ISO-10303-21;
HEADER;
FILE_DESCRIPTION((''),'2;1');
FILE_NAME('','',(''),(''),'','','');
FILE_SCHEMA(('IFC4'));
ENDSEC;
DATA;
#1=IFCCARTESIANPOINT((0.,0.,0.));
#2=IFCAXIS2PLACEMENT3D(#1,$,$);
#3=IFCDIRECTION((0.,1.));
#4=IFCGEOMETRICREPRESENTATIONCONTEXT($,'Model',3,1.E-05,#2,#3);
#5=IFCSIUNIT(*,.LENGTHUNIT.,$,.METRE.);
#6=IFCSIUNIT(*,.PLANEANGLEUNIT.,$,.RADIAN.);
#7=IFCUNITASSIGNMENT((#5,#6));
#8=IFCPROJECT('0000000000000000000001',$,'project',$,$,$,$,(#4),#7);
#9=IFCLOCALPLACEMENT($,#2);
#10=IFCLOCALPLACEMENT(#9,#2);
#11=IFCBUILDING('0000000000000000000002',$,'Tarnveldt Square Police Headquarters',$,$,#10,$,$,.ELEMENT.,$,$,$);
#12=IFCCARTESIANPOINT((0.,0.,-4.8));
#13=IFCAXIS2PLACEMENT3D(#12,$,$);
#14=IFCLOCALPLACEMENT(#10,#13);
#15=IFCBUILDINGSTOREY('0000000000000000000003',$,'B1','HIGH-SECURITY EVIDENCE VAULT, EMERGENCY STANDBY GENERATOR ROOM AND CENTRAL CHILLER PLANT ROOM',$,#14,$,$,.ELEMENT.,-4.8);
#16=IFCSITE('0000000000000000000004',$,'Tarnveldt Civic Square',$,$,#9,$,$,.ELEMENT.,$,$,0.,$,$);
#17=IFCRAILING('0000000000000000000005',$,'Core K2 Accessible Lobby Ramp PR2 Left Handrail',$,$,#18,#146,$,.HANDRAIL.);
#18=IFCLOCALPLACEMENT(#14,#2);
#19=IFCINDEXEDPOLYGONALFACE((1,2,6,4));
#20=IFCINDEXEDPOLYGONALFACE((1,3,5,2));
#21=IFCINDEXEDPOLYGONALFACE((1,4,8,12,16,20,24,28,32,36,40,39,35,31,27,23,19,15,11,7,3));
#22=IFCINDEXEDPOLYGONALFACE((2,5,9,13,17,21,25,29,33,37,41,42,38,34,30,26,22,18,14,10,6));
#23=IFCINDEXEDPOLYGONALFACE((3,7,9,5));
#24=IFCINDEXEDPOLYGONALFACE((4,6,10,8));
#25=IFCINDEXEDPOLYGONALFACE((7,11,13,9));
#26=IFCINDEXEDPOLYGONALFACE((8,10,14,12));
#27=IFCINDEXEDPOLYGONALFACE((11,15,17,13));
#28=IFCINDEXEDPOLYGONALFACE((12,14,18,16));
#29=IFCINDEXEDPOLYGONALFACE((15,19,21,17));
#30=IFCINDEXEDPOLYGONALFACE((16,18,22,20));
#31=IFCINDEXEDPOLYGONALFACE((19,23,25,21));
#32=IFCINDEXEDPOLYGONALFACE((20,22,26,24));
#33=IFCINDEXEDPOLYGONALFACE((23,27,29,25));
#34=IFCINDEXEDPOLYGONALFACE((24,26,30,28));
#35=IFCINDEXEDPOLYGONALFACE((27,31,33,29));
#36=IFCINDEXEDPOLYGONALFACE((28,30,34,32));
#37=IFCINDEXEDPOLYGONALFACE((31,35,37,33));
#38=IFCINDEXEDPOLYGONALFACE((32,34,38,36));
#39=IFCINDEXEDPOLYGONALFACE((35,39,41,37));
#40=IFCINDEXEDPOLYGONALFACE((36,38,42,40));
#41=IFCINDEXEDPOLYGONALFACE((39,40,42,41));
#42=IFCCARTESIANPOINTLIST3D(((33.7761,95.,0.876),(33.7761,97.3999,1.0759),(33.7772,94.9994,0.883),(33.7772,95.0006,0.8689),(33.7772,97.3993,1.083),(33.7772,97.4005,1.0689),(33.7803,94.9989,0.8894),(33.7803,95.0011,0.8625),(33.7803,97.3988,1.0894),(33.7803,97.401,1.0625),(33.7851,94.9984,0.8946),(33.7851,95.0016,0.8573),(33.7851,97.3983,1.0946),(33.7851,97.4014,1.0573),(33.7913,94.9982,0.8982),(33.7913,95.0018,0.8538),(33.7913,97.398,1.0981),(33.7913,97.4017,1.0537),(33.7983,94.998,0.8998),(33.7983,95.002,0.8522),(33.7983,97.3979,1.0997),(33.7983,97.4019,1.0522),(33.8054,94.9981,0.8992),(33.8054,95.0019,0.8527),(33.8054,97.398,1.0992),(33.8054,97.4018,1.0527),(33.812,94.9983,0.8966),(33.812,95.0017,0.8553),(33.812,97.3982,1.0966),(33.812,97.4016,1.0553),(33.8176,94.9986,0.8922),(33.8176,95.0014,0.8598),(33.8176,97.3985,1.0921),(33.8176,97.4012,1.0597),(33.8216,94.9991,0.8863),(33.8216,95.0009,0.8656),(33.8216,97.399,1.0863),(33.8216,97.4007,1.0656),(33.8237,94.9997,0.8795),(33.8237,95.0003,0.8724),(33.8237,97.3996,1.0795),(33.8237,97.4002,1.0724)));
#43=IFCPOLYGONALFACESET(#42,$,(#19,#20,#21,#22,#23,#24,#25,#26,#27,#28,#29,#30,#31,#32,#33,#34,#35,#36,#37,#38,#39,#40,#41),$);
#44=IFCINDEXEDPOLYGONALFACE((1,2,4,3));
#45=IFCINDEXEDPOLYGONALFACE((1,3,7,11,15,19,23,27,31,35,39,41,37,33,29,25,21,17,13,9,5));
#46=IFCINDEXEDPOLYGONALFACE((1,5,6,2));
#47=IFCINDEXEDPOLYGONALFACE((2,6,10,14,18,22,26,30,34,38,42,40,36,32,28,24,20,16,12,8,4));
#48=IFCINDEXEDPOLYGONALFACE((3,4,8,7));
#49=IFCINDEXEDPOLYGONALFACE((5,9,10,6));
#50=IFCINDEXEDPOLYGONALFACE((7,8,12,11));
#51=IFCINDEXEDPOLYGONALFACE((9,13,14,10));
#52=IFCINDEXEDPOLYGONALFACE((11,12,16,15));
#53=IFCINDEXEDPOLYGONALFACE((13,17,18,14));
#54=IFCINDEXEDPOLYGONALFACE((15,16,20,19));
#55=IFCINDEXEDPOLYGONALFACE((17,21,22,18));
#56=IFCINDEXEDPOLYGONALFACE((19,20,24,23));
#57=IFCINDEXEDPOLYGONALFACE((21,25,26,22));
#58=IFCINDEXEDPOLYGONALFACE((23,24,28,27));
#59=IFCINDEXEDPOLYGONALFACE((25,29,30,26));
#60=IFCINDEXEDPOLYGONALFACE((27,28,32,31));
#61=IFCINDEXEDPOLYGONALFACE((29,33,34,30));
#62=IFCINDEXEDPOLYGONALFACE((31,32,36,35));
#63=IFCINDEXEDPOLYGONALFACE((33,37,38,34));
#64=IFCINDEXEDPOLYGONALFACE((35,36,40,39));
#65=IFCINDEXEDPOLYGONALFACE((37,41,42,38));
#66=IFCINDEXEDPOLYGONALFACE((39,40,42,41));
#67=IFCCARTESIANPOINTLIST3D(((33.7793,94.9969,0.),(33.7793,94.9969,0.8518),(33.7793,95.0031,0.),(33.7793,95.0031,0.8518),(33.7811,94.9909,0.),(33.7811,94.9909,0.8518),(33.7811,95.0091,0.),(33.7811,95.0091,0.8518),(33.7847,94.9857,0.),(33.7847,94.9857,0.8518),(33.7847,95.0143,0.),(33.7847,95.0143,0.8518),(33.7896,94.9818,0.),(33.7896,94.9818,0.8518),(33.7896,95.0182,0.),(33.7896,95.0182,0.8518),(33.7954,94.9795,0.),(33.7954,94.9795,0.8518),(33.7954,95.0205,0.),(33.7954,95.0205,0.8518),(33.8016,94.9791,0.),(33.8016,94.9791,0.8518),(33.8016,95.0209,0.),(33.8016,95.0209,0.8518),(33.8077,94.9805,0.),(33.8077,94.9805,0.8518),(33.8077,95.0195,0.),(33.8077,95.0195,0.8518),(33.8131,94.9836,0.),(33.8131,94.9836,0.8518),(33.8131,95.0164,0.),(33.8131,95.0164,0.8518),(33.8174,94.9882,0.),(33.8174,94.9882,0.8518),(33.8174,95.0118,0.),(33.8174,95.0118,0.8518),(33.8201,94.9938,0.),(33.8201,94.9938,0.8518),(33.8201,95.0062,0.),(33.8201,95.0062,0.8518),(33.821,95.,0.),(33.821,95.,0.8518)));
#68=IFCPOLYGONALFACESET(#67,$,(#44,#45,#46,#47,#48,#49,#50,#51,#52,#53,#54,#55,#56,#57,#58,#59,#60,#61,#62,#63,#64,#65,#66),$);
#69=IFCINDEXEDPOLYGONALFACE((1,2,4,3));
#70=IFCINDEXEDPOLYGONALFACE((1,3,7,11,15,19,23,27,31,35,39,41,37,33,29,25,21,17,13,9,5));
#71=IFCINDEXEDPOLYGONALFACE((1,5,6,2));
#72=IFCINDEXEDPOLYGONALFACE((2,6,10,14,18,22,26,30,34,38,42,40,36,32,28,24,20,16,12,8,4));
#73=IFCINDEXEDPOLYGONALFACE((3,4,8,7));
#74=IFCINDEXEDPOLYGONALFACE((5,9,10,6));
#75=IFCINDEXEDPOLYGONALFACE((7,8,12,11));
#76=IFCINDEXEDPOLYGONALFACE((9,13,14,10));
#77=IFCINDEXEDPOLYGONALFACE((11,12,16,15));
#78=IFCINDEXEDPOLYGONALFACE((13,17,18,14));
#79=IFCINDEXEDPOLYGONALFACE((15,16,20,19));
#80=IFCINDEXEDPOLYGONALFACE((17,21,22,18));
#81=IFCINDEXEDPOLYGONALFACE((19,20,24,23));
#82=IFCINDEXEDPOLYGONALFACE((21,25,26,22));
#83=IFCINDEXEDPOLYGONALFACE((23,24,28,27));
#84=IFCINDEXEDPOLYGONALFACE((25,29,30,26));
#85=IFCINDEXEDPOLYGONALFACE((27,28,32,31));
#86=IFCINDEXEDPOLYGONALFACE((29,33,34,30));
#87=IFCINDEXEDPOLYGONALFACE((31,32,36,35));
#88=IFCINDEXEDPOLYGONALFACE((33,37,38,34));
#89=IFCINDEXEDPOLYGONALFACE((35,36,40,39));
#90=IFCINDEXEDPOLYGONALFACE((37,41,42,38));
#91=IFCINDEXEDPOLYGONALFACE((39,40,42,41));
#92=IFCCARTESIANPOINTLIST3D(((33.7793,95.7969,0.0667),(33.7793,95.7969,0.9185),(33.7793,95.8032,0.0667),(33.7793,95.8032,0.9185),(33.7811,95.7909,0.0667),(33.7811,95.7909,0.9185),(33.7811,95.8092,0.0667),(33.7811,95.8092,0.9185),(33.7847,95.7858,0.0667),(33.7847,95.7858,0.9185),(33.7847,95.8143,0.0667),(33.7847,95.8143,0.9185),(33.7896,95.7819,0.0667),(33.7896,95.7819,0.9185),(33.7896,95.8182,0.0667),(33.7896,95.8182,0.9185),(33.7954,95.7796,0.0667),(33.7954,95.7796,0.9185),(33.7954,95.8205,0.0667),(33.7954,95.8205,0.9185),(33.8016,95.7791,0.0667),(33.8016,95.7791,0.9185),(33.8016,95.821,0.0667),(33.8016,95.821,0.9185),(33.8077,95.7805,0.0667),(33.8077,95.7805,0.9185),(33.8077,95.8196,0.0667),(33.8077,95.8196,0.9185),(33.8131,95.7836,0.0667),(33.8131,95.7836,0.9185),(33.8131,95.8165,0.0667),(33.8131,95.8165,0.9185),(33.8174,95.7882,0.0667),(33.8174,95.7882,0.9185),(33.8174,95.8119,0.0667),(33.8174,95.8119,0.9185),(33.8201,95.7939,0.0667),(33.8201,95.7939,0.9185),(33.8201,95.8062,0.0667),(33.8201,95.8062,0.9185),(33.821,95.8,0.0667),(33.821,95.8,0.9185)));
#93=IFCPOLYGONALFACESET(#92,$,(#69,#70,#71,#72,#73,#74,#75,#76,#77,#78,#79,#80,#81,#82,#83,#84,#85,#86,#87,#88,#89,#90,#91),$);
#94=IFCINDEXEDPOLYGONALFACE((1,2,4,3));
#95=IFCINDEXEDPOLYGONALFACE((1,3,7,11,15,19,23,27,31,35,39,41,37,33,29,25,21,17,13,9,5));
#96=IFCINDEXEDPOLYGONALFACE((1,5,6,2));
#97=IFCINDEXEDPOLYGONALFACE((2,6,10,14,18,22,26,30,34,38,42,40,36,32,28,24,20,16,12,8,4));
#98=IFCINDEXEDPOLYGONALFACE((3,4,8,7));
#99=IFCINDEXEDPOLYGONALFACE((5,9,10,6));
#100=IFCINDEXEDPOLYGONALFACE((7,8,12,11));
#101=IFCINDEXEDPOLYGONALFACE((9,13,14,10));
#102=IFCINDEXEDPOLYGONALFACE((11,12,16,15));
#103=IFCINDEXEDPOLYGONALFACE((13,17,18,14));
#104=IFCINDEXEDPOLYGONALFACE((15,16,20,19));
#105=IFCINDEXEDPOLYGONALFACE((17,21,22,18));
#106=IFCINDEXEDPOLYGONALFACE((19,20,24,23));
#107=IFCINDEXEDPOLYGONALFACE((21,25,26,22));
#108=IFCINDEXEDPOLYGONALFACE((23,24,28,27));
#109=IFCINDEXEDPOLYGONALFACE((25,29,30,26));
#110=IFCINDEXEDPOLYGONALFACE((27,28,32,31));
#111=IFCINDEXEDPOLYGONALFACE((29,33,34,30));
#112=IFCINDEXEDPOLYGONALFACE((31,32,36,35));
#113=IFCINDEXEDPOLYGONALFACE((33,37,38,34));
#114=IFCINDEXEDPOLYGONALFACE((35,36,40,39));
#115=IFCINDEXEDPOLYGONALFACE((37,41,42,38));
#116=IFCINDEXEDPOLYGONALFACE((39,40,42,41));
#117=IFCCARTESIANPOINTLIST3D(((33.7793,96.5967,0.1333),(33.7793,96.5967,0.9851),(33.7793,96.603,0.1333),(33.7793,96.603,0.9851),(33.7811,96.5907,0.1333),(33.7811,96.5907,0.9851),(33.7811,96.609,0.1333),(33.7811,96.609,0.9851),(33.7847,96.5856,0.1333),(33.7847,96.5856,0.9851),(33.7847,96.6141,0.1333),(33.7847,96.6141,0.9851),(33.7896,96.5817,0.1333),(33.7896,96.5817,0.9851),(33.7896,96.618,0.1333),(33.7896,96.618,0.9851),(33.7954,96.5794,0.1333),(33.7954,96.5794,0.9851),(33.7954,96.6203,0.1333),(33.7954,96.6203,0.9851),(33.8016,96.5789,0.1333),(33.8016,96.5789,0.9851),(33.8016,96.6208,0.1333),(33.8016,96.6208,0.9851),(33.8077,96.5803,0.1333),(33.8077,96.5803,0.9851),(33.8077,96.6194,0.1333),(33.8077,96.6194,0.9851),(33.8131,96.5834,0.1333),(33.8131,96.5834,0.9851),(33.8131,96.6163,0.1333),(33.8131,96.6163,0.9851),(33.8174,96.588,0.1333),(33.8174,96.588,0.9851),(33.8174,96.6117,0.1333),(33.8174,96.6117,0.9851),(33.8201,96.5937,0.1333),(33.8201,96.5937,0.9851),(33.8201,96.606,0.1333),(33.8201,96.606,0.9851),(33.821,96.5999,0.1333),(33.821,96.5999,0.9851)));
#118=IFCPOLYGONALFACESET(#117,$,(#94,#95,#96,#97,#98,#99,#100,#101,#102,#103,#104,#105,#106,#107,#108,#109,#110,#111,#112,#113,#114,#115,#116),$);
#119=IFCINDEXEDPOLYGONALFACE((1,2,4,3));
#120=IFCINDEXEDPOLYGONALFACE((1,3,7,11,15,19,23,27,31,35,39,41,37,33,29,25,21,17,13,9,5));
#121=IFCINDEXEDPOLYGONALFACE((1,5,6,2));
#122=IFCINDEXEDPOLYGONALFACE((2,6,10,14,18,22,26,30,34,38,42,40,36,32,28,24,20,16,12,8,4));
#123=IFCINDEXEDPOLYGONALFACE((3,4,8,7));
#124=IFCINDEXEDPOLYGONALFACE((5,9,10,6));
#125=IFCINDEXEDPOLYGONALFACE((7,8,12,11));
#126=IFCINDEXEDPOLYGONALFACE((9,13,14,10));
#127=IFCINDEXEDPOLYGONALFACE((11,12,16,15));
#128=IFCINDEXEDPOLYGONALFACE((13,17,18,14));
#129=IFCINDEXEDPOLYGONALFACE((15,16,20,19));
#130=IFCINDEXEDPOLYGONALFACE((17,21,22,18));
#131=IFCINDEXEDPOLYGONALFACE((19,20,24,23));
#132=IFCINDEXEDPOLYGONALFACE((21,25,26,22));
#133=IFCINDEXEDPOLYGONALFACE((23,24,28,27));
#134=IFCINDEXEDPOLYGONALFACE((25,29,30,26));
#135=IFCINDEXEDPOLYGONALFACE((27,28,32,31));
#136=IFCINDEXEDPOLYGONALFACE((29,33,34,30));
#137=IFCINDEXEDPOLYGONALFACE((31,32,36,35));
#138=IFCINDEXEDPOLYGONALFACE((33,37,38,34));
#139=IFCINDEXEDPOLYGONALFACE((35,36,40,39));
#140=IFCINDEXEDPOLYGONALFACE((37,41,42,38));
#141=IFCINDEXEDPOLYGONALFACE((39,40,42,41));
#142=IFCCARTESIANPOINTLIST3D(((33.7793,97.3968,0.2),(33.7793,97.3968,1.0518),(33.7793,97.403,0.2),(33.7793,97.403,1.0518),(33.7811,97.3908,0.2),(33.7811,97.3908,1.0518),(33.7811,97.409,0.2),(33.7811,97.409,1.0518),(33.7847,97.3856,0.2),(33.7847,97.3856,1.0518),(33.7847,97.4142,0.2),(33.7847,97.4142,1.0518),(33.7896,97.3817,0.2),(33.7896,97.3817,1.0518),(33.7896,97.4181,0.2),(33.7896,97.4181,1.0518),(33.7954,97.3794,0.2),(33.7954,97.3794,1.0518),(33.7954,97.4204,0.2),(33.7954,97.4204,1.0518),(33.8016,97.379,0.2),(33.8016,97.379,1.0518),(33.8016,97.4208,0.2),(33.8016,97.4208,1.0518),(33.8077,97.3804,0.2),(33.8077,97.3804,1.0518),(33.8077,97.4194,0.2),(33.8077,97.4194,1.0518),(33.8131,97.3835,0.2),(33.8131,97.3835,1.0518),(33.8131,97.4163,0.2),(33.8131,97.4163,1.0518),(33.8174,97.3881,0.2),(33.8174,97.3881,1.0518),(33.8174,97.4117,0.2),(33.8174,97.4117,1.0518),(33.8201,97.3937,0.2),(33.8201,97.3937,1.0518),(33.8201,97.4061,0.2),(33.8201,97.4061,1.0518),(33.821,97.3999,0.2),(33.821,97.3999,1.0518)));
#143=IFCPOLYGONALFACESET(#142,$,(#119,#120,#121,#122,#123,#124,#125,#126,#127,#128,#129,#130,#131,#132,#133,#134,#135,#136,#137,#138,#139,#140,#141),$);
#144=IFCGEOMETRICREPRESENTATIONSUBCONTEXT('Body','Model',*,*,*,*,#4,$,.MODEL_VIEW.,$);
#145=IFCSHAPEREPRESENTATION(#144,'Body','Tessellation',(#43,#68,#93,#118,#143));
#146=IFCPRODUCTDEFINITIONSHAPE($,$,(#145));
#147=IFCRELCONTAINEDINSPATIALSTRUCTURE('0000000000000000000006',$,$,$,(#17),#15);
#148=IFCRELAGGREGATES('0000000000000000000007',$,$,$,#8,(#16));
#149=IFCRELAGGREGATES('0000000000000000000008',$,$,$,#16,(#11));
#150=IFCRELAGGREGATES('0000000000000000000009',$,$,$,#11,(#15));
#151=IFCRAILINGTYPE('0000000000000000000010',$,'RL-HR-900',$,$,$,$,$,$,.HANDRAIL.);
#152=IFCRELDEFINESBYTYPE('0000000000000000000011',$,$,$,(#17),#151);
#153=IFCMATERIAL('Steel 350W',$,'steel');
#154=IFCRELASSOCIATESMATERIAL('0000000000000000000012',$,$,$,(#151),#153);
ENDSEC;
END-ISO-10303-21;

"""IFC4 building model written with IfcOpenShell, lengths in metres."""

from ifc_helpers import new_model, si_unit, direction, frame, origin, origin_2d, place, context, subcontext, project, spatial, circle, extrude, material, type_object, element, save


model = new_model("IFC4")

# Units and contexts
model_context = context("Model", 3, precision=1e-05, world=origin(), true_north=direction((0.0, 1.0)))
body_context = subcontext(model_context, "Body", "Model", "MODEL_VIEW")
ifc_project = project(units=[si_unit("LENGTHUNIT", "METRE"), si_unit("PLANEANGLEUNIT", "RADIAN")], contexts=[model_context])

# Site, building, storey
site_placement = place(None, origin())
site = spatial("IfcSite", under=ifc_project, at=site_placement, Name="Tarnveldt Civic Square", CompositionType="ELEMENT", RefElevation=0.0)
building_placement = place(site_placement, origin())
building = spatial("IfcBuilding", under=site, at=building_placement, Name="Tarnveldt Square Police Headquarters", CompositionType="ELEMENT")
storey_placement = place(building_placement, frame((0.0, 0.0, -4.8)))
storey = spatial("IfcBuildingStorey", under=building, at=storey_placement, Name="B1", Description="HIGH-SECURITY EVIDENCE VAULT, EMERGENCY STANDBY GENERATOR ROOM AND CENTRAL CHILLER PLANT ROOM", CompositionType="ELEMENT", Elevation=-4.8)

# Shared definitions
ifc_material_1 = material(Name="Steel 350W", Category="steel")

# Railing
railing_type = type_object("IfcRailingType", Name="RL-HR-900", PredefinedType="HANDRAIL", material=ifc_material_1)
for number, where, name in (
    (1, (33.8, 95.0, 0.0), "Core K2 Accessible Lobby Ramp PR2 Left Handrail"),
):
    element("IfcRailing", number, at=place(storey_placement, frame(where)), inside=storey, type_object=railing_type, Name=name, PredefinedType="HANDRAIL", context=body_context, shape_type="SweptSolid", body=[
        extrude(circle(Radius=0.0239, at=origin_2d()), frame((0.0, 0.0, 0.876), z_axis=(0.0, 0.996547, 0.083029), x_axis=(-1.0, 0.0, 0.0)), (0.0, 0.0, 1.0), 2.4082),
        extrude(circle(Radius=0.021, at=origin_2d()), origin(), (0.0, 0.0, 1.0), 0.8518),
        extrude(circle(Radius=0.021, at=origin_2d()), frame((0.0, 0.8, 0.0667)), (0.0, 0.0, 1.0), 0.8518),
        extrude(circle(Radius=0.021, at=origin_2d()), frame((0.0, 1.5999, 0.1333)), (0.0, 0.0, 1.0), 0.8518),
        extrude(circle(Radius=0.021, at=origin_2d()), frame((0.0, 2.3999, 0.2)), (0.0, 0.0, 1.0), 0.8518),
    ])

save(model, "model.ifc")
